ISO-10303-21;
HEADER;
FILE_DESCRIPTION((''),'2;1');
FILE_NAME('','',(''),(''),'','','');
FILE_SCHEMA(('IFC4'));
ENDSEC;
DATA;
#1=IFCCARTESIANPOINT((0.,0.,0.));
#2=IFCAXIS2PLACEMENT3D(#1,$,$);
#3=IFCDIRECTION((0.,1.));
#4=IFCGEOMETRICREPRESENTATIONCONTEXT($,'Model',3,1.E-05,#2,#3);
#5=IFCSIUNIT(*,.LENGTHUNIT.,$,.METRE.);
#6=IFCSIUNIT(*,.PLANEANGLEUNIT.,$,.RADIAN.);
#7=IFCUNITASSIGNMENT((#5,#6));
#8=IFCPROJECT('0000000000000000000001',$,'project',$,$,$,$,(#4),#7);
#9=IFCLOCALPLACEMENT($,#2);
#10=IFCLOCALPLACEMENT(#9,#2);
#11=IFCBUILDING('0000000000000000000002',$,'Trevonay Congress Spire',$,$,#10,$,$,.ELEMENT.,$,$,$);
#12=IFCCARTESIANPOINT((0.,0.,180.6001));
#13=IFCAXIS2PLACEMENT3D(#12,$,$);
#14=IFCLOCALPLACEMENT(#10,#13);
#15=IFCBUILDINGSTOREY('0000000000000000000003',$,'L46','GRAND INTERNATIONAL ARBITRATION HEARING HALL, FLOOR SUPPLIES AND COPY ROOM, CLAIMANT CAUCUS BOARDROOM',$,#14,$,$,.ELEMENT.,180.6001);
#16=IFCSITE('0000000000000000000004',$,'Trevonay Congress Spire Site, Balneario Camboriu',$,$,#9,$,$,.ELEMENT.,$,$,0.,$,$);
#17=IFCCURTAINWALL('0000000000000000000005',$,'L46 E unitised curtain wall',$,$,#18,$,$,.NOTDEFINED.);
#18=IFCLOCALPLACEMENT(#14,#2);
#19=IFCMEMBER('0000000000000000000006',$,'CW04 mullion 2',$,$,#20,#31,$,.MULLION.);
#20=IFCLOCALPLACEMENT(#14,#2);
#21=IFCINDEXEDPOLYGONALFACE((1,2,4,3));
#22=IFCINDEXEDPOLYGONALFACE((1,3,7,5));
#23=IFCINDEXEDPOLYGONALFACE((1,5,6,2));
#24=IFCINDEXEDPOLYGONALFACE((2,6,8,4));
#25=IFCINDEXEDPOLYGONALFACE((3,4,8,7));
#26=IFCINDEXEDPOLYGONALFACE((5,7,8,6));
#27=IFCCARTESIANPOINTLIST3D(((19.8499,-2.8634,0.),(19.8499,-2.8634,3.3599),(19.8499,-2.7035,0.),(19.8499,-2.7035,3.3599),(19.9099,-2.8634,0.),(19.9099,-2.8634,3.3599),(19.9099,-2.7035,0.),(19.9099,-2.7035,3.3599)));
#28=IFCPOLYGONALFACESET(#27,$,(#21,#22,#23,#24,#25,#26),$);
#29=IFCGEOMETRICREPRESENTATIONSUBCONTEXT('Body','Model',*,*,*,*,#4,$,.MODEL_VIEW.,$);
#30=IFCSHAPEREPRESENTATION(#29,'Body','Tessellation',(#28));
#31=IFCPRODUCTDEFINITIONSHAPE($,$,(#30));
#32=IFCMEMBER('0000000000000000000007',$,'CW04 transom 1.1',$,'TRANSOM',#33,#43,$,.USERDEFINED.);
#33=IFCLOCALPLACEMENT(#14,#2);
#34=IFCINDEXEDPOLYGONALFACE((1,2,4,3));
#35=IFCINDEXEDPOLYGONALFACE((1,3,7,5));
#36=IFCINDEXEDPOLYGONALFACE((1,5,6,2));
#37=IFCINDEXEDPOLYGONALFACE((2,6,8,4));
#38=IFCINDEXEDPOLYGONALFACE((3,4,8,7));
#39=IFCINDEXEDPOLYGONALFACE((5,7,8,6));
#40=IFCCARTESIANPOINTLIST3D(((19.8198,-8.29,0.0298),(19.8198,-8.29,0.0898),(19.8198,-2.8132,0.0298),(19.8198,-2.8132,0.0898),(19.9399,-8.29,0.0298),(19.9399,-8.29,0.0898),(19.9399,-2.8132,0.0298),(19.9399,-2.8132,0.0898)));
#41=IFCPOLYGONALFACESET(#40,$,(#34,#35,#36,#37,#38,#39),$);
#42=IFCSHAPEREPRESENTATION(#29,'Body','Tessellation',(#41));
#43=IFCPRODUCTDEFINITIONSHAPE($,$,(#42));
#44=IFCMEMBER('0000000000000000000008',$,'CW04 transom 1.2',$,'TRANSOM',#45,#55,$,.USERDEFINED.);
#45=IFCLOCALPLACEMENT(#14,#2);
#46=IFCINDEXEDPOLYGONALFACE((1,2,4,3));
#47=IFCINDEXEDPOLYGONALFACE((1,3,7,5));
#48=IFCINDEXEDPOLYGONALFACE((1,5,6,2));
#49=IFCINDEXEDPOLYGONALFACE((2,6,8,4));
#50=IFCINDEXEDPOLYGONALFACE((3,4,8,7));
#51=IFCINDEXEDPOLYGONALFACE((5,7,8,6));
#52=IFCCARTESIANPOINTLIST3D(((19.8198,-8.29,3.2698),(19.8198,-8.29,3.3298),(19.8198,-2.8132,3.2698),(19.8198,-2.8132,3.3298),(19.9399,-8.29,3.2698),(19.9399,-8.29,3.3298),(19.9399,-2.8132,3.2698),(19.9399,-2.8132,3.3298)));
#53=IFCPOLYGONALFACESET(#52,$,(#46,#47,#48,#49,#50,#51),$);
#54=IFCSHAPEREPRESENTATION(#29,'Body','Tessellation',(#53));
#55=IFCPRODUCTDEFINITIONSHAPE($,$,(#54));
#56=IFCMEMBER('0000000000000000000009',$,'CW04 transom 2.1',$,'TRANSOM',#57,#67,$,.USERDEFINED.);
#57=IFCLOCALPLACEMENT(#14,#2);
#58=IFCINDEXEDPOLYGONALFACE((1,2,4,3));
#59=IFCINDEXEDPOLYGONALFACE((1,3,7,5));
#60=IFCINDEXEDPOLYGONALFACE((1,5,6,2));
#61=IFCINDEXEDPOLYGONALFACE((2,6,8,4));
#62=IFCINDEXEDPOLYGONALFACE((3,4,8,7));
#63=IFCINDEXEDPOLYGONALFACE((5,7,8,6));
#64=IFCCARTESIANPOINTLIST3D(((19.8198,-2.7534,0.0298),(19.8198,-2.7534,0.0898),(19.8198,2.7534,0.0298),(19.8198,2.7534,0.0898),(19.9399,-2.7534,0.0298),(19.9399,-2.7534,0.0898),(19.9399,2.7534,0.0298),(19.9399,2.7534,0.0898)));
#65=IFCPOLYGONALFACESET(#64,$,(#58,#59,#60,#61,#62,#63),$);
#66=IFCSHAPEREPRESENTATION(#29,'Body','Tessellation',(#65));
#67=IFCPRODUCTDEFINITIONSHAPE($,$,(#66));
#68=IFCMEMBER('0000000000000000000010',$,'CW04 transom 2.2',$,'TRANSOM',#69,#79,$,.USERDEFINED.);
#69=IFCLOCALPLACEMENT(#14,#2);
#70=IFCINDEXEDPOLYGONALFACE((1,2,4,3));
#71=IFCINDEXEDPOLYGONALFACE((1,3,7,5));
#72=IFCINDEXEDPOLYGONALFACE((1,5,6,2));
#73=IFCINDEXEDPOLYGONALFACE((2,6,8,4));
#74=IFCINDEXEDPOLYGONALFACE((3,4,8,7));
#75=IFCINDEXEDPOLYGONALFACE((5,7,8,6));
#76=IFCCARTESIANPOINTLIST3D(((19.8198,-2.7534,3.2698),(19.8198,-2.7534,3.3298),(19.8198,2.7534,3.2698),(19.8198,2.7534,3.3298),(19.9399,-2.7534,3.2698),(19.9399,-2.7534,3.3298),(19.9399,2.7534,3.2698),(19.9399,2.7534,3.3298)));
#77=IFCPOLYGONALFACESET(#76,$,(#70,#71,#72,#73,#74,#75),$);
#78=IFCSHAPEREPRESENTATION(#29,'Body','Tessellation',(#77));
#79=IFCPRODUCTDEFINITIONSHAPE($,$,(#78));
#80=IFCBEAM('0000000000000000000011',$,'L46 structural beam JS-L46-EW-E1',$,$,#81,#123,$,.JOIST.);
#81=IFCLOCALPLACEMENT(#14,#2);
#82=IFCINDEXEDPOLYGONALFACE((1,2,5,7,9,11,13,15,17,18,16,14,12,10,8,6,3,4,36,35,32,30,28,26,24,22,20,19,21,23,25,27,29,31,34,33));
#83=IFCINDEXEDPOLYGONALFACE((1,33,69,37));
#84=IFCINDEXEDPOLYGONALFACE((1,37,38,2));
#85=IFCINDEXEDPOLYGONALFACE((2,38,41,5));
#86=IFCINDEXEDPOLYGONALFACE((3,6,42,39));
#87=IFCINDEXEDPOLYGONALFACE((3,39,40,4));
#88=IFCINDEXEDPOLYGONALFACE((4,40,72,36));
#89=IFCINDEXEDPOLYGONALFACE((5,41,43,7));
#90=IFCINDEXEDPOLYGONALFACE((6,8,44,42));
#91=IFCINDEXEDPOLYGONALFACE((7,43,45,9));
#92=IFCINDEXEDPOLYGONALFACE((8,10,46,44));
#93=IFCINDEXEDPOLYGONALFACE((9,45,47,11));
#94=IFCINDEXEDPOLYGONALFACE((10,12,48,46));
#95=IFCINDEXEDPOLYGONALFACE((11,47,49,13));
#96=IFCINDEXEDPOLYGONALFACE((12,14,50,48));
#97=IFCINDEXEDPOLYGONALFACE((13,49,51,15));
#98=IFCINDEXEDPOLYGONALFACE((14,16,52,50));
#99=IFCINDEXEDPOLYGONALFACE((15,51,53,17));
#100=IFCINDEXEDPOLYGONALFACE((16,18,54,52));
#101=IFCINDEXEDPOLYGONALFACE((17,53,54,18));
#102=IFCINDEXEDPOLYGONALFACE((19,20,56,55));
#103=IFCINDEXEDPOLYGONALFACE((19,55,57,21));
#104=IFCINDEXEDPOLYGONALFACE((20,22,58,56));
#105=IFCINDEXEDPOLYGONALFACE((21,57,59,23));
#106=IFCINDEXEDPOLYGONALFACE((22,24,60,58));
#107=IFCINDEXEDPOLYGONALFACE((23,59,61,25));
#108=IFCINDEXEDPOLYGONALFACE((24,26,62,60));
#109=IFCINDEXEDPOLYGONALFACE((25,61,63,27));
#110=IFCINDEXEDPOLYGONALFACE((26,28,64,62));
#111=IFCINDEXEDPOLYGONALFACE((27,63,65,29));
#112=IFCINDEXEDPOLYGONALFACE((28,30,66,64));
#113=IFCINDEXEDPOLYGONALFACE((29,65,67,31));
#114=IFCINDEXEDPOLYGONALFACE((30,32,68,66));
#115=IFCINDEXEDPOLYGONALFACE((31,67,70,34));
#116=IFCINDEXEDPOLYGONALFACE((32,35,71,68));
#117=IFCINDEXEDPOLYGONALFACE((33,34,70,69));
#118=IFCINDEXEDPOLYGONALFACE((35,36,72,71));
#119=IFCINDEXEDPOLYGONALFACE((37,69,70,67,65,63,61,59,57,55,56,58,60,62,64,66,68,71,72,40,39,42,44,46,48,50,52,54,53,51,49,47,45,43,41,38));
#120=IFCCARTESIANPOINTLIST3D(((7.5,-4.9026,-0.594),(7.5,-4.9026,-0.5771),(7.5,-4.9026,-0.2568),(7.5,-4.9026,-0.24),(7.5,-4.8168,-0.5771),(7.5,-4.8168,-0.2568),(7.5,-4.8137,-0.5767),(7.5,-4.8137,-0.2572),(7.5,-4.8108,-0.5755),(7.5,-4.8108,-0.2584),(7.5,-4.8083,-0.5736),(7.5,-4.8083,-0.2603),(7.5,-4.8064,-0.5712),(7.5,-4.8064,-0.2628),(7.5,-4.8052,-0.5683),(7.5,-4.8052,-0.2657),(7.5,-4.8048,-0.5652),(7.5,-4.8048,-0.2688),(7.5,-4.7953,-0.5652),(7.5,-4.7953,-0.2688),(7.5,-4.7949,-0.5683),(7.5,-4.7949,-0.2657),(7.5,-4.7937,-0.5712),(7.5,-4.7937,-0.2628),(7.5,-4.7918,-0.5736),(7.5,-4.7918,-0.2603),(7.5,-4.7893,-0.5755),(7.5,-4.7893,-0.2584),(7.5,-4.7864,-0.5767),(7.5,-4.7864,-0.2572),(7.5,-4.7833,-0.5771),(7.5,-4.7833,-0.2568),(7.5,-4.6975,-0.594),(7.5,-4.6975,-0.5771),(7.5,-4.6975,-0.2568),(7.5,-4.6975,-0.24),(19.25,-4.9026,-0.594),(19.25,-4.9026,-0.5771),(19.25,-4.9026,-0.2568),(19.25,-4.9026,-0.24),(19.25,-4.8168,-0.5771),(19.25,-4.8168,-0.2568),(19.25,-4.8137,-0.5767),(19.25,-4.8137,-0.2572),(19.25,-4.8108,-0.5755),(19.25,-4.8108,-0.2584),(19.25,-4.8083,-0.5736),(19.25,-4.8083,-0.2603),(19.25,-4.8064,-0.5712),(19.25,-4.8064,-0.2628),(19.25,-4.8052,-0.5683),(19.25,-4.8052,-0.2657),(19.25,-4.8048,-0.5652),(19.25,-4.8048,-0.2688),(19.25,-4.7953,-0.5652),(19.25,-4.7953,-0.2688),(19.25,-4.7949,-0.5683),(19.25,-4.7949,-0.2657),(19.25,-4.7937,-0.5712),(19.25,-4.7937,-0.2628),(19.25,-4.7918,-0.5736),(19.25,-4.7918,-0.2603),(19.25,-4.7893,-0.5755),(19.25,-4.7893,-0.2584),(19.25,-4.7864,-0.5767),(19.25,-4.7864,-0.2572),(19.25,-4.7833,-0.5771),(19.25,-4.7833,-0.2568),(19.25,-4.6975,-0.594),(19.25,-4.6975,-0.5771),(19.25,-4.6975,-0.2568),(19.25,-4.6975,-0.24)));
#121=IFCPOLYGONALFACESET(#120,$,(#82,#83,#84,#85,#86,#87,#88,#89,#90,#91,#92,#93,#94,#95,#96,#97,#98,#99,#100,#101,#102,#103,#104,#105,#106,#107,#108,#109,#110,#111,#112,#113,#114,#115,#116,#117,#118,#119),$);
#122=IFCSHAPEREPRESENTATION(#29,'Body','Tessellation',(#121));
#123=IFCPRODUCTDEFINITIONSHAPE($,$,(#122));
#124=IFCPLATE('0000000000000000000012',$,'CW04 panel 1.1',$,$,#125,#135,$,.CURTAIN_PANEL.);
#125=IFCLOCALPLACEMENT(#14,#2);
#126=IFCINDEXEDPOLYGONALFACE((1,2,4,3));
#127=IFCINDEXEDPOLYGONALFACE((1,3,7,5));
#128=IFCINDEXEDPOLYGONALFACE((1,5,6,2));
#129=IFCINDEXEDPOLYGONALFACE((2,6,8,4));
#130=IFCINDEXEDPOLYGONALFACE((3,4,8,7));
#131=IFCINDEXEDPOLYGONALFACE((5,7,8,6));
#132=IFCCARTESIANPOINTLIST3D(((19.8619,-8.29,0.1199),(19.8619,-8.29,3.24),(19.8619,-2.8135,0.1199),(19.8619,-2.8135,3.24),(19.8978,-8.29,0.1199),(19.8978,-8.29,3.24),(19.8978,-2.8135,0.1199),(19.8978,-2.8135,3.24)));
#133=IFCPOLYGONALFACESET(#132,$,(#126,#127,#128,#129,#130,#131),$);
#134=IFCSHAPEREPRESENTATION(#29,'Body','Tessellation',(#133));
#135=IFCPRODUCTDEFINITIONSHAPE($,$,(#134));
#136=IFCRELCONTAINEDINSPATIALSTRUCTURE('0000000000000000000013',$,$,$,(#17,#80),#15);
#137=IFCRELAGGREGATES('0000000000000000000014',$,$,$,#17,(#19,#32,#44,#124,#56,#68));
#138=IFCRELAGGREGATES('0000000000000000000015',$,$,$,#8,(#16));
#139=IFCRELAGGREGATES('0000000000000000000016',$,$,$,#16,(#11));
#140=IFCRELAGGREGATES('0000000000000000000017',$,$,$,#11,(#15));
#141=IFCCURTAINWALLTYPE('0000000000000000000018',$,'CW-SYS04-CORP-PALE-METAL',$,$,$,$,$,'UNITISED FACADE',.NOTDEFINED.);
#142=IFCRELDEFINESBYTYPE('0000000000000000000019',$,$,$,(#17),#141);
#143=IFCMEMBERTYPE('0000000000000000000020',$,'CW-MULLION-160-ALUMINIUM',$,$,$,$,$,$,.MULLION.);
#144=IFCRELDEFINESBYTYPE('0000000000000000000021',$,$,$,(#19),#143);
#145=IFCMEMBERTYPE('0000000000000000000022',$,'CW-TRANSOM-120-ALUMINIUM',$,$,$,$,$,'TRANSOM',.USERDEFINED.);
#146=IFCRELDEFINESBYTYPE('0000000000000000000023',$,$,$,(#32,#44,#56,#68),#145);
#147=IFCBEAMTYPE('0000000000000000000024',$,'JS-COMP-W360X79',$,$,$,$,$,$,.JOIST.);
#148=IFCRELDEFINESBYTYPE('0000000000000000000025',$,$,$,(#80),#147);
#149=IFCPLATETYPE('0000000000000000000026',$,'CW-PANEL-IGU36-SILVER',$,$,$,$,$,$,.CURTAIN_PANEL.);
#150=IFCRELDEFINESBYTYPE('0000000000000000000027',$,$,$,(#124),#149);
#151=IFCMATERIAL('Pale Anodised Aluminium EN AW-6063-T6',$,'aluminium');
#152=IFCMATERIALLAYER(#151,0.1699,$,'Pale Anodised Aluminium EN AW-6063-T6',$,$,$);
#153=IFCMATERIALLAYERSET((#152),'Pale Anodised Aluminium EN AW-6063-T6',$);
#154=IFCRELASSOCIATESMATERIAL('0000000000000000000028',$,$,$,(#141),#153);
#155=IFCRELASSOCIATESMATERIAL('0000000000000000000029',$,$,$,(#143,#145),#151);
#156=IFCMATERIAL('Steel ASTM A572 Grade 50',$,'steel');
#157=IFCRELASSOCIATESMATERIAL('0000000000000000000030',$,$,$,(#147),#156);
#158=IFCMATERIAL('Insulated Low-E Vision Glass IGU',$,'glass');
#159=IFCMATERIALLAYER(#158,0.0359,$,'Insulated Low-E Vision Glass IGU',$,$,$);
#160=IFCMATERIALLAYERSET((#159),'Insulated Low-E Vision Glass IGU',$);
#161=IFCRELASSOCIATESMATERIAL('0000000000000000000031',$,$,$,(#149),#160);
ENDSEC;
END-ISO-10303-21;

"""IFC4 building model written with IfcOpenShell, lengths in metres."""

from ifc_helpers import new_model, si_unit, direction, frame, origin, origin_2d, place, context, subcontext, project, spatial, rectangle, i_section, extrude, material, layer, layer_set, material_profile, profile_set, type_object, element, aggregate, save


model = new_model("IFC4")

# Units and contexts
model_context = context("Model", 3, precision=1e-05, world=origin(), true_north=direction((0.0, 1.0)))
body_context = subcontext(model_context, "Body", "Model", "MODEL_VIEW")
ifc_project = project(units=[si_unit("LENGTHUNIT", "METRE"), si_unit("PLANEANGLEUNIT", "RADIAN")], contexts=[model_context])

# Site, building, storey
site_placement = place(None, origin())
site = spatial("IfcSite", under=ifc_project, at=site_placement, Name="Trevonay Congress Spire Site, Balneario Camboriu", CompositionType="ELEMENT", RefElevation=0.0)
building_placement = place(site_placement, origin())
building = spatial("IfcBuilding", under=site, at=building_placement, Name="Trevonay Congress Spire", CompositionType="ELEMENT")
storey_placement = place(building_placement, frame((0.0, 0.0, 180.6001)))
storey = spatial("IfcBuildingStorey", under=building, at=storey_placement, Name="L46", Description="GRAND INTERNATIONAL ARBITRATION HEARING HALL, FLOOR SUPPLIES AND COPY ROOM, CLAIMANT CAUCUS BOARDROOM", CompositionType="ELEMENT", Elevation=180.6001)

# Shared definitions
ifc_material_1 = material(Name="Steel ASTM A572 Grade 50", Category="steel")

# Curtain wall, members
ifc_material_2 = material(Name="Pale Anodised Aluminium EN AW-6063-T6", Category="aluminium")
ifc_layer_1 = layer(ifc_material_2, 0.1699, Name="Pale Anodised Aluminium EN AW-6063-T6")
ifc_layer_set_1 = layer_set([ifc_layer_1], Name="Pale Anodised Aluminium EN AW-6063-T6")
curtain_wall_type = type_object("IfcCurtainWallType", Name="CW-SYS04-CORP-PALE-METAL", ElementType="UNITISED FACADE", PredefinedType="NOTDEFINED", material=ifc_layer_set_1)
curtain_wall_placement = place(storey_placement, origin())
curtain_wall = element("IfcCurtainWall", 1, at=curtain_wall_placement, inside=storey, type_object=curtain_wall_type, Name="L46 E unitised curtain wall", PredefinedType="NOTDEFINED")
ifc_material_profile_1 = material_profile(ifc_material_2, rectangle(XDim=0.0601, YDim=0.1599, at=origin_2d()), Name="CW-MULLION-160-ALUMINIUM")
ifc_profile_set_1 = profile_set([ifc_material_profile_1], Name="Pale Anodised Aluminium EN AW-6063-T6")
member_type_1 = type_object("IfcMemberType", Name="CW-MULLION-160-ALUMINIUM", PredefinedType="MULLION", material=ifc_profile_set_1)
member_1_placement = place(storey_placement, frame((19.8799, -2.7834, 0.0), z_axis=(0.0, 0.0, 1.0), x_axis=(-1.0, 0.0, 0.0)))
member_1 = element("IfcMember", 2, at=member_1_placement, type_object=member_type_1, Name="CW04 mullion 2", PredefinedType="MULLION", context=body_context, shape_type="SweptSolid", body=[
    extrude(rectangle(XDim=0.0601, YDim=0.1599, at=origin_2d()), origin(), (0.0, 0.0, 1.0), 3.3599),
])
ifc_material_profile_2 = material_profile(ifc_material_2, rectangle(XDim=0.1201, YDim=0.0601, at=origin_2d()), Name="CW-TRANSOM-120-ALUMINIUM")
ifc_profile_set_2 = profile_set([ifc_material_profile_2], Name="Pale Anodised Aluminium EN AW-6063-T6")
member_type_2 = type_object("IfcMemberType", Name="CW-TRANSOM-120-ALUMINIUM", ElementType="TRANSOM", PredefinedType="USERDEFINED", material=ifc_profile_set_2)
member_2_placement = place(storey_placement, frame((19.8799, -8.29, 0.0598), z_axis=(0.0, 1.0, 0.0), x_axis=(-1.0, 0.0, 0.0)))
member_2 = element("IfcMember", 3, at=member_2_placement, type_object=member_type_2, Name="CW04 transom 1.1", ObjectType="TRANSOM", PredefinedType="USERDEFINED", context=body_context, shape_type="SweptSolid", body=[
    extrude(rectangle(XDim=0.1201, YDim=0.0601, at=origin_2d()), origin(), (0.0, 0.0, 1.0), 5.4768),
])
member_3_placement = place(storey_placement, frame((19.8799, -8.29, 3.2998), z_axis=(0.0, 1.0, 0.0), x_axis=(-1.0, 0.0, 0.0)))
member_3 = element("IfcMember", 4, at=member_3_placement, type_object=member_type_2, Name="CW04 transom 1.2", ObjectType="TRANSOM", PredefinedType="USERDEFINED", context=body_context, shape_type="SweptSolid", body=[
    extrude(rectangle(XDim=0.1201, YDim=0.0601, at=origin_2d()), origin(), (0.0, 0.0, 1.0), 5.4768),
])
member_4_placement = place(storey_placement, frame((19.8799, -2.7534, 0.0598), z_axis=(0.0, 1.0, 0.0), x_axis=(-1.0, 0.0, 0.0)))
member_4 = element("IfcMember", 5, at=member_4_placement, type_object=member_type_2, Name="CW04 transom 2.1", ObjectType="TRANSOM", PredefinedType="USERDEFINED", context=body_context, shape_type="SweptSolid", body=[
    extrude(rectangle(XDim=0.1201, YDim=0.0601, at=origin_2d()), origin(), (0.0, 0.0, 1.0), 5.5068),
])
member_5_placement = place(storey_placement, frame((19.8799, -2.7534, 3.2998), z_axis=(0.0, 1.0, 0.0), x_axis=(-1.0, 0.0, 0.0)))
member_5 = element("IfcMember", 6, at=member_5_placement, type_object=member_type_2, Name="CW04 transom 2.2", ObjectType="TRANSOM", PredefinedType="USERDEFINED", context=body_context, shape_type="SweptSolid", body=[
    extrude(rectangle(XDim=0.1201, YDim=0.0601, at=origin_2d()), origin(), (0.0, 0.0, 1.0), 5.5068),
])

# Beam
ifc_material_profile_3 = material_profile(ifc_material_1, i_section(OverallWidth=0.2051, OverallDepth=0.354, WebThickness=0.0095, FlangeThickness=0.0168, FilletRadius=0.012, at=origin_2d()), Name="W360x79")
ifc_profile_set_3 = profile_set([ifc_material_profile_3], Name="Steel ASTM A572 Grade 50")
beam_type_1 = type_object("IfcBeamType", Name="JS-COMP-W360X79", PredefinedType="JOIST", material=ifc_profile_set_3)
beam_1_placement = place(storey_placement, frame((7.5, -4.8, -0.417), z_axis=(1.0, 0.0, 0.0), x_axis=(0.0, 1.0, 0.0)))
element("IfcBeam", 7, at=beam_1_placement, inside=storey, type_object=beam_type_1, Name="L46 structural beam JS-L46-EW-E1", PredefinedType="JOIST", context=body_context, shape_type="SweptSolid", body=[
    extrude(i_section(OverallWidth=0.2051, OverallDepth=0.354, WebThickness=0.0095, FlangeThickness=0.0168, FilletRadius=0.012, at=origin_2d()), origin(), (0.0, 0.0, 1.0), 11.75),
])

# Plate
ifc_material_3 = material(Name="Insulated Low-E Vision Glass IGU", Category="glass")
ifc_layer_2 = layer(ifc_material_3, 0.0359, Name="Insulated Low-E Vision Glass IGU")
ifc_layer_set_2 = layer_set([ifc_layer_2], Name="Insulated Low-E Vision Glass IGU")
plate_type = type_object("IfcPlateType", Name="CW-PANEL-IGU36-SILVER", PredefinedType="CURTAIN_PANEL", material=ifc_layer_set_2)
plate_placement = place(storey_placement, frame((19.8799, -5.5518, 0.1199), z_axis=(0.0, 0.0, 1.0), x_axis=(0.0, 1.0, 0.0)))
plate = element("IfcPlate", 8, at=plate_placement, type_object=plate_type, Name="CW04 panel 1.1", PredefinedType="CURTAIN_PANEL", context=body_context, shape_type="SweptSolid", body=[
    extrude(rectangle(XDim=5.4766, YDim=0.0359, at=origin_2d()), origin(), (0.0, 0.0, 1.0), 3.1201),
])
aggregate(curtain_wall, [member_1, member_2, member_3, plate, member_4, member_5])

save(model, "model.ifc")
